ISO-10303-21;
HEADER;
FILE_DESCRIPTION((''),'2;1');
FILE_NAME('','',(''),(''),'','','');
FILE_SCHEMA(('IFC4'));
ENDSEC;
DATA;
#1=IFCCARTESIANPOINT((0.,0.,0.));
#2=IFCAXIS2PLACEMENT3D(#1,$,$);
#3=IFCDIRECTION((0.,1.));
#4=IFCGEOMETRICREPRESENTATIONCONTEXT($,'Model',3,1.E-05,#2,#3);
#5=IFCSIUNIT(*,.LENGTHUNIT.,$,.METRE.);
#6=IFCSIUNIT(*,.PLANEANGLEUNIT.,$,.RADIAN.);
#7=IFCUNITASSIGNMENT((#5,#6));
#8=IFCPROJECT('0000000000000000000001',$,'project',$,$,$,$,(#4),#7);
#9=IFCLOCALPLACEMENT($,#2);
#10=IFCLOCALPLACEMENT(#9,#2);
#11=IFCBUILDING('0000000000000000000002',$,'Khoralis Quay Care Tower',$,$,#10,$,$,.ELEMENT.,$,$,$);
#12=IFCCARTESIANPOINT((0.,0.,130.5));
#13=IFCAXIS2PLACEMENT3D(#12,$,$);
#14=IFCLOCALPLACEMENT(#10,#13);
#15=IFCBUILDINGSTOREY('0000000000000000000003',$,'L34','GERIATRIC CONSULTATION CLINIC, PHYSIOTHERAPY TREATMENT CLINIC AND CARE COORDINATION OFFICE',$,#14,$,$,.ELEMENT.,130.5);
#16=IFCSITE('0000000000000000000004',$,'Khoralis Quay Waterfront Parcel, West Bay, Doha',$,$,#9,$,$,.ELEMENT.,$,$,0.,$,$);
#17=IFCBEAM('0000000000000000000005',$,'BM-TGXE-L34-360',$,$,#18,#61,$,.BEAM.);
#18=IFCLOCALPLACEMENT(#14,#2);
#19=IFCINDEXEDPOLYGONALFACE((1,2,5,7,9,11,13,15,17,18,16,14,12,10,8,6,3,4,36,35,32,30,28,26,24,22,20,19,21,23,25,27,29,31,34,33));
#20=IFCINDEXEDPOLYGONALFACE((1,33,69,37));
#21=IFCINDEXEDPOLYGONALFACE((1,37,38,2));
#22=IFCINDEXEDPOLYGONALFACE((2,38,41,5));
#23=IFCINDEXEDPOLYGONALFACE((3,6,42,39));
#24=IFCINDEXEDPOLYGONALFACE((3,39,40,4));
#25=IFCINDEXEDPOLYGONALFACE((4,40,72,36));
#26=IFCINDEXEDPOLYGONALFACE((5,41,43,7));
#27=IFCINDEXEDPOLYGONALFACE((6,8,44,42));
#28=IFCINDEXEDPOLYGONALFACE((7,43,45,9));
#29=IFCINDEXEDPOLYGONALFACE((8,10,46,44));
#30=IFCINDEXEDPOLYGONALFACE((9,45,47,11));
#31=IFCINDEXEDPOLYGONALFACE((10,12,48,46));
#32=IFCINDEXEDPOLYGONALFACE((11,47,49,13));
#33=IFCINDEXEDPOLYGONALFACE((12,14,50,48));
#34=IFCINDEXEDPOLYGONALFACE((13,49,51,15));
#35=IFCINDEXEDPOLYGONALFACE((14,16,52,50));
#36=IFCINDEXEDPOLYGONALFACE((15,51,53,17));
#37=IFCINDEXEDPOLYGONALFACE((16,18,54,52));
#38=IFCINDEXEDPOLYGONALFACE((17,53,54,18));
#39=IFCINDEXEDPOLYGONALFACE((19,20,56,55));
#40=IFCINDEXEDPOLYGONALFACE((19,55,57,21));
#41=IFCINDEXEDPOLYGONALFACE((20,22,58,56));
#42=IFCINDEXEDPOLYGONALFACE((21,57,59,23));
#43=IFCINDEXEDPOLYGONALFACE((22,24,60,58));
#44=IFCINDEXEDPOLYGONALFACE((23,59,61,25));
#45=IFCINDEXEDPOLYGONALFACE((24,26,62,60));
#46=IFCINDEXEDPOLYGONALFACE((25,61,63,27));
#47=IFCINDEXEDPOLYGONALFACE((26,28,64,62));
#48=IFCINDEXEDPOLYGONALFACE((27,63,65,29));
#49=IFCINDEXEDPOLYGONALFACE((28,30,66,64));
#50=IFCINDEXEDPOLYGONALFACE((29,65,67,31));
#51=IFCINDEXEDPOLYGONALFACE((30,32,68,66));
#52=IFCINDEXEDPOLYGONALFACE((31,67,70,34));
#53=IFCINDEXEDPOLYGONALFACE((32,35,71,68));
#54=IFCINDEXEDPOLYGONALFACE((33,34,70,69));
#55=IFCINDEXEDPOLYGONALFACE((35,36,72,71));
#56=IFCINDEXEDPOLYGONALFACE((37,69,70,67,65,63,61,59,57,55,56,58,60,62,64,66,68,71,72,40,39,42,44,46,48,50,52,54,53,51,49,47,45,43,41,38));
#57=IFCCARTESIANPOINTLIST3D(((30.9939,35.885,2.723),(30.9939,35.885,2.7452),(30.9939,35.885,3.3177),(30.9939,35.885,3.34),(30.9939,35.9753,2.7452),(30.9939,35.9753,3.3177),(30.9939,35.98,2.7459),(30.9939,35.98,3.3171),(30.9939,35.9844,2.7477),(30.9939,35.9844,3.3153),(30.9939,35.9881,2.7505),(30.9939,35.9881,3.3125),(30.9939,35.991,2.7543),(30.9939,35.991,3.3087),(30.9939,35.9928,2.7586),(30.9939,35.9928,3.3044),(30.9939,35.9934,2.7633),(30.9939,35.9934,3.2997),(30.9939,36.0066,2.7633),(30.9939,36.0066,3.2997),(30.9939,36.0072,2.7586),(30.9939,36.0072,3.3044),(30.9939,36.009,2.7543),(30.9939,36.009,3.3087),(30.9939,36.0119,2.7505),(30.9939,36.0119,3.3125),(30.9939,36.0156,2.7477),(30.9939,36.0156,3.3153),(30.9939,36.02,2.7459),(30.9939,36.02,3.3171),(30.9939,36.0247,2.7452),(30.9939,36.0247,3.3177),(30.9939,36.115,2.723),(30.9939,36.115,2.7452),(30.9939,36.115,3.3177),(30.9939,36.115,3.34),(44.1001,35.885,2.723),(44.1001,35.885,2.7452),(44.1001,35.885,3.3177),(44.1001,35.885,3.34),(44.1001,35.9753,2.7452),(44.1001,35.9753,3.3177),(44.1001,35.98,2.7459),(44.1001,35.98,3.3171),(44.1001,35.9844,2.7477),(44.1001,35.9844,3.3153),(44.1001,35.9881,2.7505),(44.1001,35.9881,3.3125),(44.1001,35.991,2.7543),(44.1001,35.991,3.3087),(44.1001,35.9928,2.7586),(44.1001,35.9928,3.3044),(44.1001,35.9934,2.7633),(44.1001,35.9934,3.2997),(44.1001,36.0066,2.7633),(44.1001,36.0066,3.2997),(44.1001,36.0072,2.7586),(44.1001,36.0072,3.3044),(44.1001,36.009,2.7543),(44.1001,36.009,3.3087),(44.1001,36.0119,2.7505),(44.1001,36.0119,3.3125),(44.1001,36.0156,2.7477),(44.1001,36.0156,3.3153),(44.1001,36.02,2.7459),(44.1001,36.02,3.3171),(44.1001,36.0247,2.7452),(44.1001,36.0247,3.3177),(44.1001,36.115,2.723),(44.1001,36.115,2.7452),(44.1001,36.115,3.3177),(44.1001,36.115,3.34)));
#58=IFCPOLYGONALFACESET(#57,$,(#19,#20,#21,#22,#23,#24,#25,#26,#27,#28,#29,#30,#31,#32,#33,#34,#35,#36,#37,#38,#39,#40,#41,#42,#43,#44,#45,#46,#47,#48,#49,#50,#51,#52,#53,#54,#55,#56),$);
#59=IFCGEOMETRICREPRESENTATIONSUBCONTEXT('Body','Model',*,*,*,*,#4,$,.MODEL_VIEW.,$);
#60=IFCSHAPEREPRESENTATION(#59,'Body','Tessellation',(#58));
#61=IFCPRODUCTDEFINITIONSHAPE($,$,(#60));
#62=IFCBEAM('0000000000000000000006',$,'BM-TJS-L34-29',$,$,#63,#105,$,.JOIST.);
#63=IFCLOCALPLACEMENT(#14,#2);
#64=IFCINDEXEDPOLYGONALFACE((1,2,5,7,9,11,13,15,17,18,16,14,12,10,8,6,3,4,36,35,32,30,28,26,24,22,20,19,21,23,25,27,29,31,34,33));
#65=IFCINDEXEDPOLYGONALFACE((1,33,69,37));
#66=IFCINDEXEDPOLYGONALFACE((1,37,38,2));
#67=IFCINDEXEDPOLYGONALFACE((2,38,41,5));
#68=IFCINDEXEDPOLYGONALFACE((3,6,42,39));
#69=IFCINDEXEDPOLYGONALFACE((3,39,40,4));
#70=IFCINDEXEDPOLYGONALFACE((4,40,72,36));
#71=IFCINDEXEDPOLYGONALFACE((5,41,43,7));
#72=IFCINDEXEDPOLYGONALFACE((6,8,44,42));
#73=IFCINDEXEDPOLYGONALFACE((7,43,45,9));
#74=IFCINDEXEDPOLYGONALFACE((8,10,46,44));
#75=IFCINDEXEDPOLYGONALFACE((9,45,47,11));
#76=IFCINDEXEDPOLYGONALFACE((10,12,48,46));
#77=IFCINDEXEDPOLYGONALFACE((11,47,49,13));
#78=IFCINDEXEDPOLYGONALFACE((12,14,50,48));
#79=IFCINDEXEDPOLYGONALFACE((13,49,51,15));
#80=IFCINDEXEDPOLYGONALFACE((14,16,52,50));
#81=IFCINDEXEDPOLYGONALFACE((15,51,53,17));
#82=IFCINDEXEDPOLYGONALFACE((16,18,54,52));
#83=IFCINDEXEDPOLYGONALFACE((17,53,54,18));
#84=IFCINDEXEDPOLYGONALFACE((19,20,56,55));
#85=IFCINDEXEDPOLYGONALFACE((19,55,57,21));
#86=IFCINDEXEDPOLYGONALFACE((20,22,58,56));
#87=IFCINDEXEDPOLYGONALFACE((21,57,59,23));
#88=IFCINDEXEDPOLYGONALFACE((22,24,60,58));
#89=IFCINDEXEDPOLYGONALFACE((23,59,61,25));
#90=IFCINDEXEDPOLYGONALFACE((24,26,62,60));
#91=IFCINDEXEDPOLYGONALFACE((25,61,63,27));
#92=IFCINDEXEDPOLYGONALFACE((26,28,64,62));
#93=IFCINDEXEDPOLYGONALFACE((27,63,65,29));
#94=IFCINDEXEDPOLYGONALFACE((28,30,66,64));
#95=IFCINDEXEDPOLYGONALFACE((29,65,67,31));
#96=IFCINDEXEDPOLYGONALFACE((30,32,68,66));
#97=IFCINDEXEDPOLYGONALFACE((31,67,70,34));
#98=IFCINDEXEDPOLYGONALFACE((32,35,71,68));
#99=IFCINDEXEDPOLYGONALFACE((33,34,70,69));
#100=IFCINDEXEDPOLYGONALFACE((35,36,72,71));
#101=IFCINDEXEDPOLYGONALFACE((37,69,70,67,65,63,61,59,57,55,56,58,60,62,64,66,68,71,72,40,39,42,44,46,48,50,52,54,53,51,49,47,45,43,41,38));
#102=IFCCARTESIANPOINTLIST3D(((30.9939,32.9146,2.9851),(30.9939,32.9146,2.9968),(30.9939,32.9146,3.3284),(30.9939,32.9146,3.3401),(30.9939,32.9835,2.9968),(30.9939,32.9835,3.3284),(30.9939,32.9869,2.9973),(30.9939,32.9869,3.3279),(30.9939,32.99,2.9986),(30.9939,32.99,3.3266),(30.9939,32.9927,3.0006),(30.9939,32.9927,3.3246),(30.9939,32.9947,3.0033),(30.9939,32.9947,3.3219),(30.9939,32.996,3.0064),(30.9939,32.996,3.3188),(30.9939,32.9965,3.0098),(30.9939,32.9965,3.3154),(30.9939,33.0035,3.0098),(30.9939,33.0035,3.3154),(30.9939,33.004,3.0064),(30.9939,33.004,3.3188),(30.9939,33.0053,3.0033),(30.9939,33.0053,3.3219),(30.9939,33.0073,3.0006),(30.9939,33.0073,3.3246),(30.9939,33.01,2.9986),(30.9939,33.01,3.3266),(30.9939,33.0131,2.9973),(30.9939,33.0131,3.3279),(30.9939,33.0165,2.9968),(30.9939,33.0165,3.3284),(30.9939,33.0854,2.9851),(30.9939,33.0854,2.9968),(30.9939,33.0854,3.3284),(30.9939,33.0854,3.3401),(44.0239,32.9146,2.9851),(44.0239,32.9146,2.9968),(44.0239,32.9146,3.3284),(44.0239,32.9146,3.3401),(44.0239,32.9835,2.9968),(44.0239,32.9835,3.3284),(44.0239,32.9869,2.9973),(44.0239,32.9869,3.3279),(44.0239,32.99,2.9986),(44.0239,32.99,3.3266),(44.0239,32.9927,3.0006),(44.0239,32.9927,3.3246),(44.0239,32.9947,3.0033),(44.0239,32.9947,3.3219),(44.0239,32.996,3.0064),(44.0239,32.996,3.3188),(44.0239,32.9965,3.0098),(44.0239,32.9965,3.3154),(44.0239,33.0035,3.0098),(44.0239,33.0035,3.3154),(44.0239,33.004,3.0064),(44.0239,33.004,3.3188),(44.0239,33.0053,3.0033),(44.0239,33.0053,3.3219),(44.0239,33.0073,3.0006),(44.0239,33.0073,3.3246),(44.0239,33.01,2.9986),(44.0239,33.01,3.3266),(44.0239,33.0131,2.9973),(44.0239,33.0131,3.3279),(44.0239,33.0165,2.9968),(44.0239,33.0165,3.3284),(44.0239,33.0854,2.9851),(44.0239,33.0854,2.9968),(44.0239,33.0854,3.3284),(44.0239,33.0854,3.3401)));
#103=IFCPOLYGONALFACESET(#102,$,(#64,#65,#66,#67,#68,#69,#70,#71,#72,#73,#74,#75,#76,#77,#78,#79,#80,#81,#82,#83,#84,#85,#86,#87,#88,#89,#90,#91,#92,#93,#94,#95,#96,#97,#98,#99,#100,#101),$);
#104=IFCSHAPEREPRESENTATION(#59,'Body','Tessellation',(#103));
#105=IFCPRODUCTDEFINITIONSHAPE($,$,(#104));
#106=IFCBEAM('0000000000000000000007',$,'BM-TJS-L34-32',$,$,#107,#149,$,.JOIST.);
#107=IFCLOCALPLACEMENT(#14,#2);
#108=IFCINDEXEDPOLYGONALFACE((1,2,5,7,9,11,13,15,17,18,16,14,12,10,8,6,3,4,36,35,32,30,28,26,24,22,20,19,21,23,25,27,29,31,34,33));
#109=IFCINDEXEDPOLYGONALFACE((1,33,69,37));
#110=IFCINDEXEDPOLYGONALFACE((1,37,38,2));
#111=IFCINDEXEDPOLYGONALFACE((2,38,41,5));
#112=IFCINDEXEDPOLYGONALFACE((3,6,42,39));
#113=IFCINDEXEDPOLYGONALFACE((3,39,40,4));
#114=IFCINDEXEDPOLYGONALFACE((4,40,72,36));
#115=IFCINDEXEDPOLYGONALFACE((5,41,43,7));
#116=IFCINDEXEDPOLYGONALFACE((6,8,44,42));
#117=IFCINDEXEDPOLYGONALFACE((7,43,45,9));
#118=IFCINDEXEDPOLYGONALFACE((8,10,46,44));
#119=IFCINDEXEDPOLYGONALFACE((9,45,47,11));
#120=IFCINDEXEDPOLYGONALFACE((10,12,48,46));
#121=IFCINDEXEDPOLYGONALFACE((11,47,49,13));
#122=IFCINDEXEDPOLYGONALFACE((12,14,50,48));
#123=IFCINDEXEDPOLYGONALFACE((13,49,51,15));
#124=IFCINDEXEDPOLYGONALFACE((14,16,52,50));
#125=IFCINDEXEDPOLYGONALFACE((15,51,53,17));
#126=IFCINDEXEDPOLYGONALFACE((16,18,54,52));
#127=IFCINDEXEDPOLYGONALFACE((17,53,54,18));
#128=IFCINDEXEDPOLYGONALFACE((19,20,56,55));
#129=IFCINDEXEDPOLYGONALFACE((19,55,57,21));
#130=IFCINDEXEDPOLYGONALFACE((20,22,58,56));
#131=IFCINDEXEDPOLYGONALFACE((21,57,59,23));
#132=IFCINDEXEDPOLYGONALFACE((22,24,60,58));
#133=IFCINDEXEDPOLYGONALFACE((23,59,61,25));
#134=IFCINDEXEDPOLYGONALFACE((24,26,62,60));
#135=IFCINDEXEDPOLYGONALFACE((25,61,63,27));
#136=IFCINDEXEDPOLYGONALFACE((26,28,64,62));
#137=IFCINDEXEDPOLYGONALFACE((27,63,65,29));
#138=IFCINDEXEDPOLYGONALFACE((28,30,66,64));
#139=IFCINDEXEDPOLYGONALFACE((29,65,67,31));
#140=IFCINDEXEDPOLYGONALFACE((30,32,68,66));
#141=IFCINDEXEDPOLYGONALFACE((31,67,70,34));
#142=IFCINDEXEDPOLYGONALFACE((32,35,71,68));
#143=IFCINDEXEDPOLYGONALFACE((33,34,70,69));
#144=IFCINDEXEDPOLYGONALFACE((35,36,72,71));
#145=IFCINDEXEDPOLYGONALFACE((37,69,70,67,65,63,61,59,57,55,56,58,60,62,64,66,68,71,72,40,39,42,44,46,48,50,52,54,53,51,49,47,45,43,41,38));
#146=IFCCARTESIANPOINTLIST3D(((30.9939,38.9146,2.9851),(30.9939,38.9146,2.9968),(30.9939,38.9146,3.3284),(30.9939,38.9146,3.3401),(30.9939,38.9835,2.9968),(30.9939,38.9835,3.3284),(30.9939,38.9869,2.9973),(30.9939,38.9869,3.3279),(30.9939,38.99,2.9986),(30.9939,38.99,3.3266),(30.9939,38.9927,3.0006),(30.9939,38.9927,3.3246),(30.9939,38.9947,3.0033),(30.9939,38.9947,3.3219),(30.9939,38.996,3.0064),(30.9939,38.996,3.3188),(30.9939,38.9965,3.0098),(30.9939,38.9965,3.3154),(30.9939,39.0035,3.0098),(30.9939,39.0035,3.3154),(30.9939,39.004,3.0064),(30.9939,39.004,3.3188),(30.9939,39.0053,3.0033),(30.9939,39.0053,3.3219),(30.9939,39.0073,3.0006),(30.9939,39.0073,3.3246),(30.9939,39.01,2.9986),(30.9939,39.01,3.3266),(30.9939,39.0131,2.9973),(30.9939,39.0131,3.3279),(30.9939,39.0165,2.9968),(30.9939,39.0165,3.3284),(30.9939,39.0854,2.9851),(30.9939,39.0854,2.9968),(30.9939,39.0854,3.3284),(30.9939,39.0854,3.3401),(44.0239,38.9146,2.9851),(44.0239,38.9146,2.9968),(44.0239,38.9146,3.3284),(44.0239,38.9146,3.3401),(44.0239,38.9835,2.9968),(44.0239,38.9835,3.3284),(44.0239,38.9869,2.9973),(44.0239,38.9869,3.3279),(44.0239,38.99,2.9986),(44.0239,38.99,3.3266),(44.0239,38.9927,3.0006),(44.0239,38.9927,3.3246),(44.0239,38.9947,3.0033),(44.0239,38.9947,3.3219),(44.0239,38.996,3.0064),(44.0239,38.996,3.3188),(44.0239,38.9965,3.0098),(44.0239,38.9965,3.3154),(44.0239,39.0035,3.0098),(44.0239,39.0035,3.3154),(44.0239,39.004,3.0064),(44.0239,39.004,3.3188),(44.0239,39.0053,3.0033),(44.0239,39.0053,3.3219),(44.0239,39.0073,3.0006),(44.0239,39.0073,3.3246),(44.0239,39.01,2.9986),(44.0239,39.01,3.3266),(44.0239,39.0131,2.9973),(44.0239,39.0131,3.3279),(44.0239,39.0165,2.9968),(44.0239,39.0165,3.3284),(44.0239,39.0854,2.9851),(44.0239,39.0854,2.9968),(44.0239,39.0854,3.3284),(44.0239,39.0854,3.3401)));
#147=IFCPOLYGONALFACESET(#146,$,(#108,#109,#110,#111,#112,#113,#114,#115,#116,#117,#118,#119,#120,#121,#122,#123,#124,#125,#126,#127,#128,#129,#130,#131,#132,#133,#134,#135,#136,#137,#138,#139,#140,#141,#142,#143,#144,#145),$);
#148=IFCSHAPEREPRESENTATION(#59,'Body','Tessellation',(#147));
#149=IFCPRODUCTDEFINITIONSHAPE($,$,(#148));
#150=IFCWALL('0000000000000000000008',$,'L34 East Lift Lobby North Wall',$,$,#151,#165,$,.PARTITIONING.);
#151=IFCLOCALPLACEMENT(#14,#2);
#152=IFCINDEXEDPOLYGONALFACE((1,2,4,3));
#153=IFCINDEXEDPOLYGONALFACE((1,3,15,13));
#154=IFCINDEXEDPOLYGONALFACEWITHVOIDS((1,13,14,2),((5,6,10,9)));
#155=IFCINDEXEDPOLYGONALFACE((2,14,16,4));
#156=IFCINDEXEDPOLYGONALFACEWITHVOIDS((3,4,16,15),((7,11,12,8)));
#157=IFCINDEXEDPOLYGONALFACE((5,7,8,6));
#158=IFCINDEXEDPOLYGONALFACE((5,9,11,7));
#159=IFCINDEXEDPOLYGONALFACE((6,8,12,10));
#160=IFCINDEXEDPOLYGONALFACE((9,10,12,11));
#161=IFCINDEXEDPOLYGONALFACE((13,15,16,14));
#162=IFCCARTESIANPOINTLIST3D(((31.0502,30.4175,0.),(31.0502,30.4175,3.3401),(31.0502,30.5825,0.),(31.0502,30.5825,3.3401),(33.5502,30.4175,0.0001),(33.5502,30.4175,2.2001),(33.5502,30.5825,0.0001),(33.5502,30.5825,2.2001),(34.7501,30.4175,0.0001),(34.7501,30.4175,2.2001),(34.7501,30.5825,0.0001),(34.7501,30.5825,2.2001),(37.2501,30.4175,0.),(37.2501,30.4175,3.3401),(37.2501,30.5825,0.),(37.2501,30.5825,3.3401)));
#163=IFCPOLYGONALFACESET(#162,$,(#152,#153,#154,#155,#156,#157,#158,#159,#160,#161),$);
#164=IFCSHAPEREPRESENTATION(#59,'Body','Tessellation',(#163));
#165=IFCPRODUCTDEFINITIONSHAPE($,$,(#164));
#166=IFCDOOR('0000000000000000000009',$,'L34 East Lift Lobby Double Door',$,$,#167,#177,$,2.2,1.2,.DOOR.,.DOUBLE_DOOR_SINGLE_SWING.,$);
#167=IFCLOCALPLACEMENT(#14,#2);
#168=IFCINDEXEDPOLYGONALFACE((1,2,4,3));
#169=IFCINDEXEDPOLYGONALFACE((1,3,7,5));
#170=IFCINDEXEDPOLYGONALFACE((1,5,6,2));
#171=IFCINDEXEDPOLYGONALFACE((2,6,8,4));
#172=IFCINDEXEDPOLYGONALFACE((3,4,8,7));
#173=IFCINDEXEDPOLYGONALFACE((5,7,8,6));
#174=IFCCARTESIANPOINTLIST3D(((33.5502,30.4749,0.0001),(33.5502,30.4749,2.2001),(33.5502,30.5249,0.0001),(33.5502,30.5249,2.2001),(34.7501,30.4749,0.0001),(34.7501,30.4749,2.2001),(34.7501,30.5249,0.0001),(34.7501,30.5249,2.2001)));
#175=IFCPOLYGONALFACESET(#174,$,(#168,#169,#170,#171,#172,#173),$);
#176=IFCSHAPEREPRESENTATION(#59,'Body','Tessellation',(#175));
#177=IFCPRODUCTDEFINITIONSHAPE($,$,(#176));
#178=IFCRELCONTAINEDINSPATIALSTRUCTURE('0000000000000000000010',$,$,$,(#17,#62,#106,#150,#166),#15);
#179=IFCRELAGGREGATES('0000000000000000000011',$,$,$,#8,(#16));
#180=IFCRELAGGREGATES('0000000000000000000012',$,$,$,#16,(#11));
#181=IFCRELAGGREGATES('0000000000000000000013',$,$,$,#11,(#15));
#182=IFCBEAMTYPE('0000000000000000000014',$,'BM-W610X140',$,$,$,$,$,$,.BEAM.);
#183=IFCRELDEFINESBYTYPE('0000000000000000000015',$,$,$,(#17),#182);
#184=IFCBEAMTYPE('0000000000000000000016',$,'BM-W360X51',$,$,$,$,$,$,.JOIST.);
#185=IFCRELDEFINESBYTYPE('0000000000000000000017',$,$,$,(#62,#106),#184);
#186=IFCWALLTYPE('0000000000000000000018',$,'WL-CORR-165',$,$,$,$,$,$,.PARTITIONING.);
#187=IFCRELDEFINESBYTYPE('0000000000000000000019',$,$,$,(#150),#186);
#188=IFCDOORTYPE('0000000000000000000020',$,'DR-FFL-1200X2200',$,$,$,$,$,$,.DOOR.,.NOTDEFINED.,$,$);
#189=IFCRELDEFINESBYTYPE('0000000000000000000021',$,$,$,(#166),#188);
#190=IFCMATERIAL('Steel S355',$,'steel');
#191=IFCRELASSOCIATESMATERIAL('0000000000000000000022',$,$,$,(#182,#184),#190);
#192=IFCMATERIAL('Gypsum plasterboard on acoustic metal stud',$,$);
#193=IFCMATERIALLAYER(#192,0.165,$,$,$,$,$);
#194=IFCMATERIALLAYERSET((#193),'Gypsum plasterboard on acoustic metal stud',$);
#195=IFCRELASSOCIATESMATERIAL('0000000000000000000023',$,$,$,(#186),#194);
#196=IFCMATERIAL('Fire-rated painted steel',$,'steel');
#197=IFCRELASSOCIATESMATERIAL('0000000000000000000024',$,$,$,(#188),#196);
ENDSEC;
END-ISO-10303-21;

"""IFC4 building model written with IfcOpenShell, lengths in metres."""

from ifc_helpers import new_model, si_unit, direction, frame, frame_2d, origin, origin_2d, place, context, subcontext, project, spatial, rectangle, i_section, extrude, source, transform, mapped, material, layer, layer_set, material_profile, profile_set, type_object, element, fill, save


model = new_model("IFC4")

# Units and contexts
model_context = context("Model", 3, precision=1e-05, world=origin(), true_north=direction((0.0, 1.0)))
body_context = subcontext(model_context, "Body", "Model", "MODEL_VIEW")
ifc_project = project(units=[si_unit("LENGTHUNIT", "METRE"), si_unit("PLANEANGLEUNIT", "RADIAN")], contexts=[model_context])

# Site, building, storey
site_placement = place(None, origin())
site = spatial("IfcSite", under=ifc_project, at=site_placement, Name="Khoralis Quay Waterfront Parcel, West Bay, Doha", CompositionType="ELEMENT", RefElevation=0.0)
building_placement = place(site_placement, origin())
building = spatial("IfcBuilding", under=site, at=building_placement, Name="Khoralis Quay Care Tower", CompositionType="ELEMENT")
storey_placement = place(building_placement, frame((0.0, 0.0, 130.5)))
storey = spatial("IfcBuildingStorey", under=building, at=storey_placement, Name="L34", Description="GERIATRIC CONSULTATION CLINIC, PHYSIOTHERAPY TREATMENT CLINIC AND CARE COORDINATION OFFICE", CompositionType="ELEMENT", Elevation=130.5)

# Beams
ifc_material_1 = material(Name="Steel S355", Category="steel")
ifc_material_profile_1 = material_profile(ifc_material_1, i_section(OverallWidth=0.23, OverallDepth=0.6169, WebThickness=0.0132, FlangeThickness=0.0222, FilletRadius=0.0181, at=origin_2d()), Name="Steel S355")
ifc_profile_set_1 = profile_set([ifc_material_profile_1], Name="Steel S355")
beam_type_1 = type_object("IfcBeamType", Name="BM-W610X140", PredefinedType="BEAM", material=ifc_profile_set_1)
shared_shape_1 = source(origin(), body_context, "Body", "SweptSolid", [
    extrude(i_section(OverallWidth=0.23, OverallDepth=0.6169, WebThickness=0.0132, FlangeThickness=0.0222, FilletRadius=0.0181, at=origin_2d()), origin(), (0.0, 0.0, 1.0), 13.1062),
])
beam_1_placement = place(storey_placement, frame((30.9939, 36.0, 3.0315), z_axis=(1.0, 0.0, 0.0), x_axis=(0.0, 1.0, 0.0)))
element("IfcBeam", 1, at=beam_1_placement, inside=storey, type_object=beam_type_1, Name="BM-TGXE-L34-360", PredefinedType="BEAM", context=body_context, shape_type="MappedRepresentation", body=[
    mapped(shared_shape_1, transform((0.0, 0.0, 0.0), scale=1.0)),
])
ifc_material_profile_2 = material_profile(ifc_material_1, i_section(OverallWidth=0.1709, OverallDepth=0.355, WebThickness=0.0071, FlangeThickness=0.0117, FilletRadius=0.0129, at=origin_2d()), Name="Steel S355")
ifc_profile_set_2 = profile_set([ifc_material_profile_2], Name="Steel S355")
beam_type_2 = type_object("IfcBeamType", Name="BM-W360X51", PredefinedType="JOIST", material=ifc_profile_set_2)
shared_shape_2 = source(origin(), body_context, "Body", "SweptSolid", [
    extrude(i_section(OverallWidth=0.1709, OverallDepth=0.355, WebThickness=0.0071, FlangeThickness=0.0117, FilletRadius=0.0129, at=origin_2d()), origin(), (0.0, 0.0, 1.0), 13.03),
])
for number, where, z_axis, x_axis, name in (
    (2, (30.9939, 33.0, 3.1626), (1.0, 0.0, 0.0), (0.0, 1.0, 0.0), "BM-TJS-L34-29"),
    (3, (30.9939, 39.0, 3.1626), (1.0, 0.0, 0.0), (0.0, 1.0, 0.0), "BM-TJS-L34-32"),
):
    element("IfcBeam", number, at=place(storey_placement, frame(where, z_axis=z_axis, x_axis=x_axis)), inside=storey, type_object=beam_type_2, Name=name, PredefinedType="JOIST", context=body_context, shape_type="MappedRepresentation", body=[
        mapped(shared_shape_2, transform((0.0, 0.0, 0.0), scale=1.0)),
    ])

# Wall, opening, door
ifc_material_2 = material(Name="Gypsum plasterboard on acoustic metal stud")
ifc_layer_1 = layer(ifc_material_2, 0.165)
ifc_layer_set_1 = layer_set([ifc_layer_1], Name="Gypsum plasterboard on acoustic metal stud")
wall_type_1 = type_object("IfcWallType", Name="WL-CORR-165", PredefinedType="PARTITIONING", material=ifc_layer_set_1)
wall_1_placement = place(storey_placement, frame((31.05, 30.5, 0.0), z_axis=(0.0, 0.0, 1.0), x_axis=(1.0, 0.0, 0.0)))
wall_1 = element("IfcWall", 4, at=wall_1_placement, inside=storey, type_object=wall_type_1, Name="L34 East Lift Lobby North Wall", PredefinedType="PARTITIONING", context=body_context, shape_type="SweptSolid", body=[
    extrude(rectangle(XDim=6.2, YDim=0.165, at=frame_2d((3.1001, 0.0))), origin(), (0.0, 0.0, 1.0), 3.3401),
])
opening_1_placement = place(wall_1_placement, frame((2.5, 0.0, 0.0)))
opening_1 = element("IfcOpeningElement", 5, at=opening_1_placement, cuts=wall_1, PredefinedType="OPENING", context=body_context, shape_type="SweptSolid", body=[
    extrude(rectangle(XDim=1.2, YDim=2.2, at=frame_2d((0.6001, 1.1001))), frame((0.0, 0.0925, 0.0), z_axis=(0.0, -1.0, 0.0), x_axis=(1.0, 0.0, 0.0)), (0.0, 0.0, 1.0), 0.1851),
])
ifc_material_3 = material(Name="Fire-rated painted steel", Category="steel")
door_type = type_object("IfcDoorType", Name="DR-FFL-1200X2200", OperationType="NOTDEFINED", PredefinedType="DOOR", material=ifc_material_3)
shared_shape_3 = source(origin(), body_context, "Body", "SweptSolid", [
    extrude(rectangle(XDim=1.2, YDim=2.2, at=frame_2d((0.6001, 1.1001))), frame((0.0, 0.0249, 0.0), z_axis=(0.0, -1.0, 0.0), x_axis=(1.0, 0.0, 0.0)), (0.0, 0.0, 1.0), 0.05),
])
door_placement = place(opening_1_placement, origin())
door = element("IfcDoor", 6, at=door_placement, inside=storey, type_object=door_type, Name="L34 East Lift Lobby Double Door", OperationType="DOUBLE_DOOR_SINGLE_SWING", OverallHeight=2.2, OverallWidth=1.2, PredefinedType="DOOR", context=body_context, shape_type="MappedRepresentation", body=[
    mapped(shared_shape_3, transform((0.0, 0.0, 0.0), scale=1.0)),
])
fill(opening_1, door)

save(model, "model.ifc")
